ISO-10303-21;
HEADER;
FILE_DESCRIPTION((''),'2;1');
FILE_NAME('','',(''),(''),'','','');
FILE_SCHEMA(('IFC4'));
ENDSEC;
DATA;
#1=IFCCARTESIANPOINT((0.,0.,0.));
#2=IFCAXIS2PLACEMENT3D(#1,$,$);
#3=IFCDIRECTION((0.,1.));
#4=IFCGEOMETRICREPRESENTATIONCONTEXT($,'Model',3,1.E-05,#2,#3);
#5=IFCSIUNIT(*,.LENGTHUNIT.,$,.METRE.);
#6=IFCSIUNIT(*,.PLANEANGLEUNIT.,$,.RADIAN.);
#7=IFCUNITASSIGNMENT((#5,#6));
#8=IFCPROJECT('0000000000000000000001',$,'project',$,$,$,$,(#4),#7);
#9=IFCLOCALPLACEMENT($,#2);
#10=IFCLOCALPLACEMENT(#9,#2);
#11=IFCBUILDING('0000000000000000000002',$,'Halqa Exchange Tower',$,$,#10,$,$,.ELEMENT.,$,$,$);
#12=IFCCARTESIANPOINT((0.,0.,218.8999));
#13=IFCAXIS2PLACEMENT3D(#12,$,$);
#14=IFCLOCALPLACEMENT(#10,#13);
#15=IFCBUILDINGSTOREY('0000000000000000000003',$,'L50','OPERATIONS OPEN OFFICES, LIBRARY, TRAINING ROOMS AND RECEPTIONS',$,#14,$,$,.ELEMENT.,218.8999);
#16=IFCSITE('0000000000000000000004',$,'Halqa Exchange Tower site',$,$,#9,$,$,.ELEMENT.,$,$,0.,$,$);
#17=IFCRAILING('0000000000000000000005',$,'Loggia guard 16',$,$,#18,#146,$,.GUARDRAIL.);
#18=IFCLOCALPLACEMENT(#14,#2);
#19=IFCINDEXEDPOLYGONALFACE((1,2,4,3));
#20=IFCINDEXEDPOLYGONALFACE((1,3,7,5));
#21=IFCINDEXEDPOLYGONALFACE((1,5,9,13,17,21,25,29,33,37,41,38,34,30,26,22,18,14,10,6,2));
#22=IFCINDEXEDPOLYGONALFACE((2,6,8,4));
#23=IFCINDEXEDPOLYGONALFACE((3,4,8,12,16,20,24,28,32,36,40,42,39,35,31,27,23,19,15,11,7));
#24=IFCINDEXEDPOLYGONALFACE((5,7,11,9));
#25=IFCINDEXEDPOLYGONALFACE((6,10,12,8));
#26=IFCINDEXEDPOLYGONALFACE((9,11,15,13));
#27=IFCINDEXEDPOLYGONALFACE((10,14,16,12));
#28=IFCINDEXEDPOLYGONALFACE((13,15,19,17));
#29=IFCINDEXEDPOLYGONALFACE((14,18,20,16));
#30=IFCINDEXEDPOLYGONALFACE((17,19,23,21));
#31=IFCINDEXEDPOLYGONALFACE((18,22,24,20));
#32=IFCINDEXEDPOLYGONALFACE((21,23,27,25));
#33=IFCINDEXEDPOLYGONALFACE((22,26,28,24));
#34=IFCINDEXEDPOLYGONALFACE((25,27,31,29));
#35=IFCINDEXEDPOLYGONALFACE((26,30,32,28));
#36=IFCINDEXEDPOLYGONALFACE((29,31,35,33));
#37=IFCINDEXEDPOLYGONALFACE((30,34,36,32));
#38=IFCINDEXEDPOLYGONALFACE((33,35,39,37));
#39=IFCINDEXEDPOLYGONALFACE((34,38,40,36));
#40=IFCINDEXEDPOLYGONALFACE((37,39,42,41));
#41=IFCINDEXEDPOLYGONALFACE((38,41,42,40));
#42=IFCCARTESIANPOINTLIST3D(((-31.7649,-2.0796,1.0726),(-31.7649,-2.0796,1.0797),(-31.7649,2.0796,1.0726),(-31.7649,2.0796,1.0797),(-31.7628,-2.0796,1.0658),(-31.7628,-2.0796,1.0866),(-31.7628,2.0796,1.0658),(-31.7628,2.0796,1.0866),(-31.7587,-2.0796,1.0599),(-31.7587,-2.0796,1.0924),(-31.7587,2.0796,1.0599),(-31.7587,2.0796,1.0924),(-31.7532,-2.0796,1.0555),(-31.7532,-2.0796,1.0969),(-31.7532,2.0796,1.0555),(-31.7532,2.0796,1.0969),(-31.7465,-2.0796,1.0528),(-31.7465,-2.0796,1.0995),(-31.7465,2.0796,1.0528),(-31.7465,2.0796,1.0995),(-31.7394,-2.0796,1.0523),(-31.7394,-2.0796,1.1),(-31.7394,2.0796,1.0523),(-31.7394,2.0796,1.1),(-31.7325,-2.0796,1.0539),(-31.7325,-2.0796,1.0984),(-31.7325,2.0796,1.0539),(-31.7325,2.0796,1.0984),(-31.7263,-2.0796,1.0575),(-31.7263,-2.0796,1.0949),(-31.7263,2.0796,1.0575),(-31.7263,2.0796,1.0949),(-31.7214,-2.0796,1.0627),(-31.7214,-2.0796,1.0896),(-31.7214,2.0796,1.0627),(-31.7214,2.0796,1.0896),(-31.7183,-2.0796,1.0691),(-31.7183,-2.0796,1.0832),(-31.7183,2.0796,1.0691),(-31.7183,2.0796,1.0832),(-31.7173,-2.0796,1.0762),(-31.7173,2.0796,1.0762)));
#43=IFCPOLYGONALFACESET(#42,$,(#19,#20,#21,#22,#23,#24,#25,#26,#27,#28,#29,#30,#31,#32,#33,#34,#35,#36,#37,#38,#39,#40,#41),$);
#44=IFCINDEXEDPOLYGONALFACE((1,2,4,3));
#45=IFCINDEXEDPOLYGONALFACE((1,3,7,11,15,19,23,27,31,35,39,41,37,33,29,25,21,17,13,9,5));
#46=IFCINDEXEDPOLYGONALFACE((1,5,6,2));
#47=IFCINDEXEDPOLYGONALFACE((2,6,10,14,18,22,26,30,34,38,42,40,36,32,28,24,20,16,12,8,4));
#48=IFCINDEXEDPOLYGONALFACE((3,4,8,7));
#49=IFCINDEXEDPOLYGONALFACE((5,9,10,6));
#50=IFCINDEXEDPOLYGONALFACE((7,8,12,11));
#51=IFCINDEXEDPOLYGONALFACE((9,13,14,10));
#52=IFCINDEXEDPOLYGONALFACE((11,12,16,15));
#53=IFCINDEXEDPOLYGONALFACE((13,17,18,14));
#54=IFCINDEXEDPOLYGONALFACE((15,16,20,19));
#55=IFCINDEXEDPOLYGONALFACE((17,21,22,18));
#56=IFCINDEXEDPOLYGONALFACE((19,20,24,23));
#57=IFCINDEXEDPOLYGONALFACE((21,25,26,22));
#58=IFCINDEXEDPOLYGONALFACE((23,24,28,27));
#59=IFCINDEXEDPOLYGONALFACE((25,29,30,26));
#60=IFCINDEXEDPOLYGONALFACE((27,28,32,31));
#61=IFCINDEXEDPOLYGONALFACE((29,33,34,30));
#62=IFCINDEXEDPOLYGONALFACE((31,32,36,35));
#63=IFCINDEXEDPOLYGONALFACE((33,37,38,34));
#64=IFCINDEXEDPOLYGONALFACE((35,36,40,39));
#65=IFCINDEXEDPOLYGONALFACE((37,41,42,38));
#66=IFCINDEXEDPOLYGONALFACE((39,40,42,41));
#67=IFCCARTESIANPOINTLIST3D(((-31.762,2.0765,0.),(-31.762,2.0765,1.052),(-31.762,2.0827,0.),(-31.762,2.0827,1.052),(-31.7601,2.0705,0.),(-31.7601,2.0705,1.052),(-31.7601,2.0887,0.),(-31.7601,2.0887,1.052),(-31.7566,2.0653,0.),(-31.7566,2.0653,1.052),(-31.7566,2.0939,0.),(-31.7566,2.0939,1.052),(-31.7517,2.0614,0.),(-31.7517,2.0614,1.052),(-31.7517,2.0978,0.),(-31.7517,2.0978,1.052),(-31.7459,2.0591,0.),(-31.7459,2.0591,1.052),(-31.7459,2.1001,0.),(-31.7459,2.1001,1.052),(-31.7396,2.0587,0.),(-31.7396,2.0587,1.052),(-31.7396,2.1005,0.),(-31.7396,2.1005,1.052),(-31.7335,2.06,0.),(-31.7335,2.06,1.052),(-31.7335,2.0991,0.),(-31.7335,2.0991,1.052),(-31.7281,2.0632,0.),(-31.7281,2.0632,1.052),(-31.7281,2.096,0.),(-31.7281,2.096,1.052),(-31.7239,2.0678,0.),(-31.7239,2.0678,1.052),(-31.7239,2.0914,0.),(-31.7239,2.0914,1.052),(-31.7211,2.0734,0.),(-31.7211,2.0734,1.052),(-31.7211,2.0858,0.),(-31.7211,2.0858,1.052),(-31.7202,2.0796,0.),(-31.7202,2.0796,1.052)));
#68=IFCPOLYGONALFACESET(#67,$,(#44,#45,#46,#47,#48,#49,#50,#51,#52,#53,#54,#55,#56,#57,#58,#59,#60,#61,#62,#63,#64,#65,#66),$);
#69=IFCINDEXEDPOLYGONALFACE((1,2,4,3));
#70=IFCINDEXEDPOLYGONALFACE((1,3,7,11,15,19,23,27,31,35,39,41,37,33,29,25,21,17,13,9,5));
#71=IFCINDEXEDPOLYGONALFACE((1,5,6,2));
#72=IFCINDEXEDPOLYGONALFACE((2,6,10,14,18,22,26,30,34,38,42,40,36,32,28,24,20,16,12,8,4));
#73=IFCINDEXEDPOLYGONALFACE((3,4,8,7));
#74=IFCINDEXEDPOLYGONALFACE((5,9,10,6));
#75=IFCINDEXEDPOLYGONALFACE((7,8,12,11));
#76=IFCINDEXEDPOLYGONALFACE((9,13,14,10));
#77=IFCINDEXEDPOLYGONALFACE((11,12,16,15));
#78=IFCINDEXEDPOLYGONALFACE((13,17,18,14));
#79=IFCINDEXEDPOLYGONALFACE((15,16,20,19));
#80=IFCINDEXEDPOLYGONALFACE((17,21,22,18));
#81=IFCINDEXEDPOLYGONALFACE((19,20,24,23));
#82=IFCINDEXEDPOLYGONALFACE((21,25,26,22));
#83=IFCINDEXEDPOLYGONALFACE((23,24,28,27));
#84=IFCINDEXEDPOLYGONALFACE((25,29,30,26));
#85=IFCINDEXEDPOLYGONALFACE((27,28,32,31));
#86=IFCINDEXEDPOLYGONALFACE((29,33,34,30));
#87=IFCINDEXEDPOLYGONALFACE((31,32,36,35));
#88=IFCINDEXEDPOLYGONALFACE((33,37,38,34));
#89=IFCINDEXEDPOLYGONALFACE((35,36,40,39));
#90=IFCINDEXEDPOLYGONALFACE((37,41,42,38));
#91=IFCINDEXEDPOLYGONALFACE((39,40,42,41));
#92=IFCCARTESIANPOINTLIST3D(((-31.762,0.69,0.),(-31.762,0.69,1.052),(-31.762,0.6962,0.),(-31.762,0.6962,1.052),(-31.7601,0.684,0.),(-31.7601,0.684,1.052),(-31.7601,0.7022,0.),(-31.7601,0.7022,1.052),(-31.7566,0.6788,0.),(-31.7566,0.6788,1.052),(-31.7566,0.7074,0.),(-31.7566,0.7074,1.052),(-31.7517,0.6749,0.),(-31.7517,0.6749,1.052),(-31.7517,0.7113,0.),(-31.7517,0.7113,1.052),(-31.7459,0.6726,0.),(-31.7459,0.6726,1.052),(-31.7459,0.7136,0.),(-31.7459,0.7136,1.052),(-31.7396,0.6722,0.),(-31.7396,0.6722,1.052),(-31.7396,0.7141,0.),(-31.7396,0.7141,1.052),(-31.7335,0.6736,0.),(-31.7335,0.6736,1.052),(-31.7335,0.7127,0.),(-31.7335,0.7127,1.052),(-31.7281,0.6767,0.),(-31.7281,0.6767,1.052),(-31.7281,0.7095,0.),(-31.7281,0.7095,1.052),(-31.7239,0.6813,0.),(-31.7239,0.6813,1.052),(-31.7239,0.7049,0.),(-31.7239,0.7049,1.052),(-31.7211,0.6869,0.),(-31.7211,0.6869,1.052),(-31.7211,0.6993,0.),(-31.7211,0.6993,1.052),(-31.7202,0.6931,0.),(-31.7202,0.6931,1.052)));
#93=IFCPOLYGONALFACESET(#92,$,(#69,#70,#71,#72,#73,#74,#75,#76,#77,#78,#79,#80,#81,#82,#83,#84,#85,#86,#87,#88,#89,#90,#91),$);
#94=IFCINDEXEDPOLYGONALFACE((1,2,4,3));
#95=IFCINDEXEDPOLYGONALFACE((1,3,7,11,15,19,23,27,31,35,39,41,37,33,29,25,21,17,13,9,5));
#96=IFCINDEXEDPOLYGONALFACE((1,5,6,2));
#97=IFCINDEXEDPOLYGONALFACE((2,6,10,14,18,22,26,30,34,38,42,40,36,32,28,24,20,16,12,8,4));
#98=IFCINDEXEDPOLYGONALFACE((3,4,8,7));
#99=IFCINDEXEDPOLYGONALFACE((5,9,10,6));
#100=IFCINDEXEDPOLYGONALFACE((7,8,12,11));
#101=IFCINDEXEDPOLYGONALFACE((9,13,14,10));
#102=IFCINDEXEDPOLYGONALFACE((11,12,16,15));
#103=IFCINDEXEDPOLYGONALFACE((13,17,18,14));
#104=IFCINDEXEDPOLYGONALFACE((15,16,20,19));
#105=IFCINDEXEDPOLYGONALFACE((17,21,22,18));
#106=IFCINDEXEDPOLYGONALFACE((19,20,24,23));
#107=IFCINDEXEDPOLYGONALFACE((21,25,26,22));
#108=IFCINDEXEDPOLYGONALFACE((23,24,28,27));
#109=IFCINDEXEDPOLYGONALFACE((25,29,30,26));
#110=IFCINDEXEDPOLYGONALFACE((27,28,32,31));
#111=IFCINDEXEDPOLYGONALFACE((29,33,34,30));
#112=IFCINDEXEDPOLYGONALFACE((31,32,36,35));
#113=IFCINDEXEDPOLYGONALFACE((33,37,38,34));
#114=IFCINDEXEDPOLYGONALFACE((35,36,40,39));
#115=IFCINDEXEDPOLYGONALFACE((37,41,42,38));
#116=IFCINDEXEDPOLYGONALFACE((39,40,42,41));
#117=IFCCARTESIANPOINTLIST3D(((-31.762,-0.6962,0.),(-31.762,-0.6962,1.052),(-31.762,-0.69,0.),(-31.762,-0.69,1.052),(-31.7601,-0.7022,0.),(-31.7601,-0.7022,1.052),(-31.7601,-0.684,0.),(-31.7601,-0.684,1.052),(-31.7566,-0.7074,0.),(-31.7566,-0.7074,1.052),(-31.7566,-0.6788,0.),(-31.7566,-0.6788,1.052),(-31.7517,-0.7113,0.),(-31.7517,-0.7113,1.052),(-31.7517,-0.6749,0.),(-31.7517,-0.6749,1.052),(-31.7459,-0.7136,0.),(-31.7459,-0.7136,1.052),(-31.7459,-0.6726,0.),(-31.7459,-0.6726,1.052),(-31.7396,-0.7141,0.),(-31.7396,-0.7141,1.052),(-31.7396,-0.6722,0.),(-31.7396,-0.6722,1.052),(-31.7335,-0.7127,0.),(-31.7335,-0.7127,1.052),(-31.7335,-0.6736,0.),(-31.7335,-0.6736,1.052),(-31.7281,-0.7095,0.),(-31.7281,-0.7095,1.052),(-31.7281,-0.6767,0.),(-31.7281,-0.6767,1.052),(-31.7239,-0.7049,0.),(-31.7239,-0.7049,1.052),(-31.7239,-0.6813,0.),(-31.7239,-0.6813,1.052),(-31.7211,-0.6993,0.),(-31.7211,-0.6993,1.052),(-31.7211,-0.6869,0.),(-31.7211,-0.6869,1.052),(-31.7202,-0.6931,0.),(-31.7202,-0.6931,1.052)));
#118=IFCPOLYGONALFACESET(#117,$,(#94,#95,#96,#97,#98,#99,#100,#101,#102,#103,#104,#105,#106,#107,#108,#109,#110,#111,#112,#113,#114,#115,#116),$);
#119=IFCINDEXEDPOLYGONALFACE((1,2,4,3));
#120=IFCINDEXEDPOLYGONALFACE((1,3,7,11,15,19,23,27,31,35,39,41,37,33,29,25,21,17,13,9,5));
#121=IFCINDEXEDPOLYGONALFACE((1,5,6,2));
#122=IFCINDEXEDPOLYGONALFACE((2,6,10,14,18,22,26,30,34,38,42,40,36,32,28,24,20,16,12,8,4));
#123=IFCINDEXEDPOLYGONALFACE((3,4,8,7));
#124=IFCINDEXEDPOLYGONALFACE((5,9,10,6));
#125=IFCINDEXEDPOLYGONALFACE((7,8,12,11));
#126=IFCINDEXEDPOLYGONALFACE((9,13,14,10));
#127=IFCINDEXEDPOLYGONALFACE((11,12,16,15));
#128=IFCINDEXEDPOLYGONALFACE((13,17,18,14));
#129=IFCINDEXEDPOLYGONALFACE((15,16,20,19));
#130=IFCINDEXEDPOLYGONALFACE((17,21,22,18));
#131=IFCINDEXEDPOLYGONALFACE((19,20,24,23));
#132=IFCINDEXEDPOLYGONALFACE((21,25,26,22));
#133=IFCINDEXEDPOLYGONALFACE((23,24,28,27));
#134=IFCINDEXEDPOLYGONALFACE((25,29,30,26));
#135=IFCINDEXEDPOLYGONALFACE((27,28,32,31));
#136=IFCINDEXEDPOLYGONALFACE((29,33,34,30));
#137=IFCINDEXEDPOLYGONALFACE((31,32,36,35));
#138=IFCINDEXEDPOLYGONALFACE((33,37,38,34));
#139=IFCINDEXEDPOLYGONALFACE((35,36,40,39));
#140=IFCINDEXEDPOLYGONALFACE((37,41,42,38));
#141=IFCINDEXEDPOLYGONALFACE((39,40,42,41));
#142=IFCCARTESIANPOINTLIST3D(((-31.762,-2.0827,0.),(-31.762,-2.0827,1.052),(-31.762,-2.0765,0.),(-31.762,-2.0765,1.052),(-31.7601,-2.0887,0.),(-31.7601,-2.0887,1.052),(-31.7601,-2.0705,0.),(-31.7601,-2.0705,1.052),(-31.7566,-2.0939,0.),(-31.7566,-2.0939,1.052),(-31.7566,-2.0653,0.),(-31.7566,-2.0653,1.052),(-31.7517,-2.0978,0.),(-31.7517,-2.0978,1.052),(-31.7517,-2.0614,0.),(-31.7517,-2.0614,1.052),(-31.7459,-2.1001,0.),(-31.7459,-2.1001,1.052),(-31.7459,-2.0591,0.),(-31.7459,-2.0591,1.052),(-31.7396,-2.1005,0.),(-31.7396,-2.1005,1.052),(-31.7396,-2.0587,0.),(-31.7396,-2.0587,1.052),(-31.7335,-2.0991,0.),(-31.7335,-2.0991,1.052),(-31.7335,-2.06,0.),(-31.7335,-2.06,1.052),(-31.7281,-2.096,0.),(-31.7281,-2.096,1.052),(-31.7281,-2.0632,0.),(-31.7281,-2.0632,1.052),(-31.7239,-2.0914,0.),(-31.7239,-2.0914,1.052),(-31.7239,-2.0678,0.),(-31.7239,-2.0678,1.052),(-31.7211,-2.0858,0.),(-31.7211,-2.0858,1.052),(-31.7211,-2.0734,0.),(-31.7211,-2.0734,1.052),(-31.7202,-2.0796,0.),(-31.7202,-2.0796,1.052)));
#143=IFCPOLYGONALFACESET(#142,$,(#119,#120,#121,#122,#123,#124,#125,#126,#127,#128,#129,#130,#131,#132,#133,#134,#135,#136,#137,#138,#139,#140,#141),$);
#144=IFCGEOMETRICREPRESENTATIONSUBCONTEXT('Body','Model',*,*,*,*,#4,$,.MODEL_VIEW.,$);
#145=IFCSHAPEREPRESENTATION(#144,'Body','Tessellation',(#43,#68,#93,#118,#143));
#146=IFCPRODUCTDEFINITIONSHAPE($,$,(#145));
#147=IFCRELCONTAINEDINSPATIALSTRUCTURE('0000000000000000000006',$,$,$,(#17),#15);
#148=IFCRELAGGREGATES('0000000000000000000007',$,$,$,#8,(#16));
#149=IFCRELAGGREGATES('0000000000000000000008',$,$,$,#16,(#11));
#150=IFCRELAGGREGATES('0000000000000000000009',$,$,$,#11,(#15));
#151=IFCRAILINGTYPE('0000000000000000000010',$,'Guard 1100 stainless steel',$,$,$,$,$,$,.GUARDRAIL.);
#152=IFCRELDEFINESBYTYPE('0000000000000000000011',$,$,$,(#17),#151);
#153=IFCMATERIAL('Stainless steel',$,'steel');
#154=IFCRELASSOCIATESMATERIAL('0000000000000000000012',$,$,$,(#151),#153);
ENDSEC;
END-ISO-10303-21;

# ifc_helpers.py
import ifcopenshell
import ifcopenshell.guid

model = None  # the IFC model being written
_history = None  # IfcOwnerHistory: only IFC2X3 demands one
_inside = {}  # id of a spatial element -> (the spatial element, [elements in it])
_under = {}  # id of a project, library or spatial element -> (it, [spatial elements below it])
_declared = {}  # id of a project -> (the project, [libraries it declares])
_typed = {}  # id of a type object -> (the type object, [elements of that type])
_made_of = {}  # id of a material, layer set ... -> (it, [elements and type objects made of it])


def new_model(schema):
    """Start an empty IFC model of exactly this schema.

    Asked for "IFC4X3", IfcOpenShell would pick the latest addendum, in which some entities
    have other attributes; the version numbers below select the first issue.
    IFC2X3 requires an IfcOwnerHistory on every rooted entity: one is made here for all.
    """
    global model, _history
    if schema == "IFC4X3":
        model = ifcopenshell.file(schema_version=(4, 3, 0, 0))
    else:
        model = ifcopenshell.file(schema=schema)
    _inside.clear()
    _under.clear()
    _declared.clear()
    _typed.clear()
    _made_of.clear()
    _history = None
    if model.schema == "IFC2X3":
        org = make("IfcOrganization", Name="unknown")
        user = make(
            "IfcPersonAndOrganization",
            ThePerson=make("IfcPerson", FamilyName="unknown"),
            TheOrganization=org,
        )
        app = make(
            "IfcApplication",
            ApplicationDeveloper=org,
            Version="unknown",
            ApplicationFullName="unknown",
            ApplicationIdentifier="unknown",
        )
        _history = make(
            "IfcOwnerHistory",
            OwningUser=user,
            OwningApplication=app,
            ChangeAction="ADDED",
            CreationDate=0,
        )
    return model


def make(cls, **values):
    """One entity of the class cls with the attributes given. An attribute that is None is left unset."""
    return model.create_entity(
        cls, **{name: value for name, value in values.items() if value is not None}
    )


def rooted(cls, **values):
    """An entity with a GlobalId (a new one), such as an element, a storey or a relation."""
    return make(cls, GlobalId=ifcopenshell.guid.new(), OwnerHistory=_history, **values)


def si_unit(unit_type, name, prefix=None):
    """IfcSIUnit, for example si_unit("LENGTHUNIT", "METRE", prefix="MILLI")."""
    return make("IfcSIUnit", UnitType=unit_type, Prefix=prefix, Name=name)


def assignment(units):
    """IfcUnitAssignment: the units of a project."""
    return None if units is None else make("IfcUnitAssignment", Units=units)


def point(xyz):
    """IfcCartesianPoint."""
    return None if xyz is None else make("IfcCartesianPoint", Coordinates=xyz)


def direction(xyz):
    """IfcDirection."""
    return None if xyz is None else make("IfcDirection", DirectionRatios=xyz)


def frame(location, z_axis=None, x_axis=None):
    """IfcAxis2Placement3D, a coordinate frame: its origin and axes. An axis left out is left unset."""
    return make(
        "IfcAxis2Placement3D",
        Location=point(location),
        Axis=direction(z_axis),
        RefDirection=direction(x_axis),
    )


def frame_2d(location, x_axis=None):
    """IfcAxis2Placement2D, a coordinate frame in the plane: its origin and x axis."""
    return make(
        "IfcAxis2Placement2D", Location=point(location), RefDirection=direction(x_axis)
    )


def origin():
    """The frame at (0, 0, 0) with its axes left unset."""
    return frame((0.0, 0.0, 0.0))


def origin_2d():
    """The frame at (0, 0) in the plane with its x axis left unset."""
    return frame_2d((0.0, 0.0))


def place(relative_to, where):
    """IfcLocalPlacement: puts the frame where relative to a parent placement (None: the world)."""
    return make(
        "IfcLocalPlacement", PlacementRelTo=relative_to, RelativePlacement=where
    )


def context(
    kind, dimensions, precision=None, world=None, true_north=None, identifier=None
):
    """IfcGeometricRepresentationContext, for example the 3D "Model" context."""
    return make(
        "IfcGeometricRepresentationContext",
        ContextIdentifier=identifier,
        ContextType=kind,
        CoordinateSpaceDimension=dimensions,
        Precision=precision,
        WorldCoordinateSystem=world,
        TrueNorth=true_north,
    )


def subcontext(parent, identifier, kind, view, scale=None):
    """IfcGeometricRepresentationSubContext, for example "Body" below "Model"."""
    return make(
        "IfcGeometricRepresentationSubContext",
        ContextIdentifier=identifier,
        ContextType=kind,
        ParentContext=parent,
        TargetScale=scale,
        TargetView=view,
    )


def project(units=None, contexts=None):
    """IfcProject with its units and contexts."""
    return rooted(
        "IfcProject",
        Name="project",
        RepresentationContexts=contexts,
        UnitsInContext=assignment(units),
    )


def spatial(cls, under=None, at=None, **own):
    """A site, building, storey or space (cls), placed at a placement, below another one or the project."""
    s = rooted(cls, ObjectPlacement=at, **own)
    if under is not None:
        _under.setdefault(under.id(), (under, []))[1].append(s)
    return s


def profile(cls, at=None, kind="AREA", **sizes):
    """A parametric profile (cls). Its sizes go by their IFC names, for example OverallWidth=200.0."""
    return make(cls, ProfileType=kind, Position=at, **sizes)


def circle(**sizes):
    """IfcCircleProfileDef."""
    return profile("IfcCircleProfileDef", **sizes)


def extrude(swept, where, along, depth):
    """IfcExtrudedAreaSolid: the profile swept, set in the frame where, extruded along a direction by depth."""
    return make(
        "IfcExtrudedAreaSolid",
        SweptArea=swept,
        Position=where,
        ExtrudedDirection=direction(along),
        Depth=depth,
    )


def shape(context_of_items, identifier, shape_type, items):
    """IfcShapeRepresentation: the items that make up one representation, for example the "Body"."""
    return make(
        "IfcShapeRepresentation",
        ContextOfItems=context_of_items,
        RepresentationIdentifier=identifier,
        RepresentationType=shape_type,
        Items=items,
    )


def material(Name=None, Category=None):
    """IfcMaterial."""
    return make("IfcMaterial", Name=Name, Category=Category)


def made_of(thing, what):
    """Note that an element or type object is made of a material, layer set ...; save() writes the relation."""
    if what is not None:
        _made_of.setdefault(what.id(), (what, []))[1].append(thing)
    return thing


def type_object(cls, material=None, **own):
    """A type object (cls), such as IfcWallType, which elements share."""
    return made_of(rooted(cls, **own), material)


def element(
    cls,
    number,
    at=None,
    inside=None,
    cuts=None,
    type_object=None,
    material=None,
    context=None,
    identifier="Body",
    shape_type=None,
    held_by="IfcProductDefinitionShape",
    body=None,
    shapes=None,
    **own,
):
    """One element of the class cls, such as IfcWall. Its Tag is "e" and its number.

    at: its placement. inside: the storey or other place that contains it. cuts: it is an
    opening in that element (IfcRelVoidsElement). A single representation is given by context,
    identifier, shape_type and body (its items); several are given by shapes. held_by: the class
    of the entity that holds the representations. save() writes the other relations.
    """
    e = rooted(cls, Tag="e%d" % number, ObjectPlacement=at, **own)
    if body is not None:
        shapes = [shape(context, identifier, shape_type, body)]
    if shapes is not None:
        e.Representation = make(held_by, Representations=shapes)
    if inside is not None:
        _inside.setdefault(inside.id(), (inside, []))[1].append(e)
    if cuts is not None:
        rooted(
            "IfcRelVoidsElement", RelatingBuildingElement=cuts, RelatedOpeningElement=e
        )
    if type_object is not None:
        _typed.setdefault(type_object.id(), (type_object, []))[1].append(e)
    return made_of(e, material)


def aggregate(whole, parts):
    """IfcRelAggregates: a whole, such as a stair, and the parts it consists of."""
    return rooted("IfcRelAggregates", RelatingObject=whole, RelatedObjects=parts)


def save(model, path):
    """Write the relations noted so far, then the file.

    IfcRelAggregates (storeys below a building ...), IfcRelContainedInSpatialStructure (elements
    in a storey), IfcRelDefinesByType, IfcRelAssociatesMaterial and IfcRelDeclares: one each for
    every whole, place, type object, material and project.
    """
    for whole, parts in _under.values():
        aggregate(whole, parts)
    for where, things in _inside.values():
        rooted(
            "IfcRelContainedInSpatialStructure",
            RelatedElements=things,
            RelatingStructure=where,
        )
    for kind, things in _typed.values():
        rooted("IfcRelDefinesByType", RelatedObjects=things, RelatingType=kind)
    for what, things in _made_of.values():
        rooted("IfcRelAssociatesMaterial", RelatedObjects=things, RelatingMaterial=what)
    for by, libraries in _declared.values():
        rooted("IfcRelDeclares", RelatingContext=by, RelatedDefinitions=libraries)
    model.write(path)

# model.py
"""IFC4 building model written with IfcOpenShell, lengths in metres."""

from ifc_helpers import new_model, si_unit, direction, frame, origin, origin_2d, place, context, subcontext, project, spatial, circle, extrude, material, type_object, element, save


model = new_model("IFC4")

# Units and contexts
model_context = context("Model", 3, precision=1e-05, world=origin(), true_north=direction((0.0, 1.0)))
body_context = subcontext(model_context, "Body", "Model", "MODEL_VIEW")
ifc_project = project(units=[si_unit("LENGTHUNIT", "METRE"), si_unit("PLANEANGLEUNIT", "RADIAN")], contexts=[model_context])

# Site, building, storey
site_placement = place(None, origin())
site = spatial("IfcSite", under=ifc_project, at=site_placement, Name="Halqa Exchange Tower site", CompositionType="ELEMENT", RefElevation=0.0)
building_placement = place(site_placement, origin())
building = spatial("IfcBuilding", under=site, at=building_placement, Name="Halqa Exchange Tower", CompositionType="ELEMENT")
storey_placement = place(building_placement, frame((0.0, 0.0, 218.8999)))
storey = spatial("IfcBuildingStorey", under=building, at=storey_placement, Name="L50", Description="OPERATIONS OPEN OFFICES, LIBRARY, TRAINING ROOMS AND RECEPTIONS", CompositionType="ELEMENT", Elevation=218.8999)

# Railing
ifc_material_1 = material(Name="Stainless steel", Category="steel")
railing_type = type_object("IfcRailingType", Name="Guard 1100 stainless steel", PredefinedType="GUARDRAIL", material=ifc_material_1)
railing_1_placement = place(storey_placement, frame((-31.7412, 2.0796, 0.0)))
element("IfcRailing", 1, at=railing_1_placement, inside=storey, type_object=railing_type, Name="Loggia guard 16", PredefinedType="GUARDRAIL", context=body_context, shape_type="SweptSolid", body=[
    extrude(circle(Radius=0.0239, at=origin_2d()), frame((0.0, 0.0, 1.0762), z_axis=(0.0, -1.0, 0.0), x_axis=(1.0, 0.0, 0.0)), (0.0, 0.0, 1.0), 4.1592),
    extrude(circle(Radius=0.021, at=origin_2d()), origin(), (0.0, 0.0, 1.0), 1.052),
    extrude(circle(Radius=0.021, at=origin_2d()), frame((0.0, -1.3865, 0.0)), (0.0, 0.0, 1.0), 1.052),
    extrude(circle(Radius=0.021, at=origin_2d()), frame((0.0, -2.7727, 0.0)), (0.0, 0.0, 1.0), 1.052),
    extrude(circle(Radius=0.021, at=origin_2d()), frame((0.0, -4.1592, 0.0)), (0.0, 0.0, 1.0), 1.052),
])

save(model, "model.ifc")
